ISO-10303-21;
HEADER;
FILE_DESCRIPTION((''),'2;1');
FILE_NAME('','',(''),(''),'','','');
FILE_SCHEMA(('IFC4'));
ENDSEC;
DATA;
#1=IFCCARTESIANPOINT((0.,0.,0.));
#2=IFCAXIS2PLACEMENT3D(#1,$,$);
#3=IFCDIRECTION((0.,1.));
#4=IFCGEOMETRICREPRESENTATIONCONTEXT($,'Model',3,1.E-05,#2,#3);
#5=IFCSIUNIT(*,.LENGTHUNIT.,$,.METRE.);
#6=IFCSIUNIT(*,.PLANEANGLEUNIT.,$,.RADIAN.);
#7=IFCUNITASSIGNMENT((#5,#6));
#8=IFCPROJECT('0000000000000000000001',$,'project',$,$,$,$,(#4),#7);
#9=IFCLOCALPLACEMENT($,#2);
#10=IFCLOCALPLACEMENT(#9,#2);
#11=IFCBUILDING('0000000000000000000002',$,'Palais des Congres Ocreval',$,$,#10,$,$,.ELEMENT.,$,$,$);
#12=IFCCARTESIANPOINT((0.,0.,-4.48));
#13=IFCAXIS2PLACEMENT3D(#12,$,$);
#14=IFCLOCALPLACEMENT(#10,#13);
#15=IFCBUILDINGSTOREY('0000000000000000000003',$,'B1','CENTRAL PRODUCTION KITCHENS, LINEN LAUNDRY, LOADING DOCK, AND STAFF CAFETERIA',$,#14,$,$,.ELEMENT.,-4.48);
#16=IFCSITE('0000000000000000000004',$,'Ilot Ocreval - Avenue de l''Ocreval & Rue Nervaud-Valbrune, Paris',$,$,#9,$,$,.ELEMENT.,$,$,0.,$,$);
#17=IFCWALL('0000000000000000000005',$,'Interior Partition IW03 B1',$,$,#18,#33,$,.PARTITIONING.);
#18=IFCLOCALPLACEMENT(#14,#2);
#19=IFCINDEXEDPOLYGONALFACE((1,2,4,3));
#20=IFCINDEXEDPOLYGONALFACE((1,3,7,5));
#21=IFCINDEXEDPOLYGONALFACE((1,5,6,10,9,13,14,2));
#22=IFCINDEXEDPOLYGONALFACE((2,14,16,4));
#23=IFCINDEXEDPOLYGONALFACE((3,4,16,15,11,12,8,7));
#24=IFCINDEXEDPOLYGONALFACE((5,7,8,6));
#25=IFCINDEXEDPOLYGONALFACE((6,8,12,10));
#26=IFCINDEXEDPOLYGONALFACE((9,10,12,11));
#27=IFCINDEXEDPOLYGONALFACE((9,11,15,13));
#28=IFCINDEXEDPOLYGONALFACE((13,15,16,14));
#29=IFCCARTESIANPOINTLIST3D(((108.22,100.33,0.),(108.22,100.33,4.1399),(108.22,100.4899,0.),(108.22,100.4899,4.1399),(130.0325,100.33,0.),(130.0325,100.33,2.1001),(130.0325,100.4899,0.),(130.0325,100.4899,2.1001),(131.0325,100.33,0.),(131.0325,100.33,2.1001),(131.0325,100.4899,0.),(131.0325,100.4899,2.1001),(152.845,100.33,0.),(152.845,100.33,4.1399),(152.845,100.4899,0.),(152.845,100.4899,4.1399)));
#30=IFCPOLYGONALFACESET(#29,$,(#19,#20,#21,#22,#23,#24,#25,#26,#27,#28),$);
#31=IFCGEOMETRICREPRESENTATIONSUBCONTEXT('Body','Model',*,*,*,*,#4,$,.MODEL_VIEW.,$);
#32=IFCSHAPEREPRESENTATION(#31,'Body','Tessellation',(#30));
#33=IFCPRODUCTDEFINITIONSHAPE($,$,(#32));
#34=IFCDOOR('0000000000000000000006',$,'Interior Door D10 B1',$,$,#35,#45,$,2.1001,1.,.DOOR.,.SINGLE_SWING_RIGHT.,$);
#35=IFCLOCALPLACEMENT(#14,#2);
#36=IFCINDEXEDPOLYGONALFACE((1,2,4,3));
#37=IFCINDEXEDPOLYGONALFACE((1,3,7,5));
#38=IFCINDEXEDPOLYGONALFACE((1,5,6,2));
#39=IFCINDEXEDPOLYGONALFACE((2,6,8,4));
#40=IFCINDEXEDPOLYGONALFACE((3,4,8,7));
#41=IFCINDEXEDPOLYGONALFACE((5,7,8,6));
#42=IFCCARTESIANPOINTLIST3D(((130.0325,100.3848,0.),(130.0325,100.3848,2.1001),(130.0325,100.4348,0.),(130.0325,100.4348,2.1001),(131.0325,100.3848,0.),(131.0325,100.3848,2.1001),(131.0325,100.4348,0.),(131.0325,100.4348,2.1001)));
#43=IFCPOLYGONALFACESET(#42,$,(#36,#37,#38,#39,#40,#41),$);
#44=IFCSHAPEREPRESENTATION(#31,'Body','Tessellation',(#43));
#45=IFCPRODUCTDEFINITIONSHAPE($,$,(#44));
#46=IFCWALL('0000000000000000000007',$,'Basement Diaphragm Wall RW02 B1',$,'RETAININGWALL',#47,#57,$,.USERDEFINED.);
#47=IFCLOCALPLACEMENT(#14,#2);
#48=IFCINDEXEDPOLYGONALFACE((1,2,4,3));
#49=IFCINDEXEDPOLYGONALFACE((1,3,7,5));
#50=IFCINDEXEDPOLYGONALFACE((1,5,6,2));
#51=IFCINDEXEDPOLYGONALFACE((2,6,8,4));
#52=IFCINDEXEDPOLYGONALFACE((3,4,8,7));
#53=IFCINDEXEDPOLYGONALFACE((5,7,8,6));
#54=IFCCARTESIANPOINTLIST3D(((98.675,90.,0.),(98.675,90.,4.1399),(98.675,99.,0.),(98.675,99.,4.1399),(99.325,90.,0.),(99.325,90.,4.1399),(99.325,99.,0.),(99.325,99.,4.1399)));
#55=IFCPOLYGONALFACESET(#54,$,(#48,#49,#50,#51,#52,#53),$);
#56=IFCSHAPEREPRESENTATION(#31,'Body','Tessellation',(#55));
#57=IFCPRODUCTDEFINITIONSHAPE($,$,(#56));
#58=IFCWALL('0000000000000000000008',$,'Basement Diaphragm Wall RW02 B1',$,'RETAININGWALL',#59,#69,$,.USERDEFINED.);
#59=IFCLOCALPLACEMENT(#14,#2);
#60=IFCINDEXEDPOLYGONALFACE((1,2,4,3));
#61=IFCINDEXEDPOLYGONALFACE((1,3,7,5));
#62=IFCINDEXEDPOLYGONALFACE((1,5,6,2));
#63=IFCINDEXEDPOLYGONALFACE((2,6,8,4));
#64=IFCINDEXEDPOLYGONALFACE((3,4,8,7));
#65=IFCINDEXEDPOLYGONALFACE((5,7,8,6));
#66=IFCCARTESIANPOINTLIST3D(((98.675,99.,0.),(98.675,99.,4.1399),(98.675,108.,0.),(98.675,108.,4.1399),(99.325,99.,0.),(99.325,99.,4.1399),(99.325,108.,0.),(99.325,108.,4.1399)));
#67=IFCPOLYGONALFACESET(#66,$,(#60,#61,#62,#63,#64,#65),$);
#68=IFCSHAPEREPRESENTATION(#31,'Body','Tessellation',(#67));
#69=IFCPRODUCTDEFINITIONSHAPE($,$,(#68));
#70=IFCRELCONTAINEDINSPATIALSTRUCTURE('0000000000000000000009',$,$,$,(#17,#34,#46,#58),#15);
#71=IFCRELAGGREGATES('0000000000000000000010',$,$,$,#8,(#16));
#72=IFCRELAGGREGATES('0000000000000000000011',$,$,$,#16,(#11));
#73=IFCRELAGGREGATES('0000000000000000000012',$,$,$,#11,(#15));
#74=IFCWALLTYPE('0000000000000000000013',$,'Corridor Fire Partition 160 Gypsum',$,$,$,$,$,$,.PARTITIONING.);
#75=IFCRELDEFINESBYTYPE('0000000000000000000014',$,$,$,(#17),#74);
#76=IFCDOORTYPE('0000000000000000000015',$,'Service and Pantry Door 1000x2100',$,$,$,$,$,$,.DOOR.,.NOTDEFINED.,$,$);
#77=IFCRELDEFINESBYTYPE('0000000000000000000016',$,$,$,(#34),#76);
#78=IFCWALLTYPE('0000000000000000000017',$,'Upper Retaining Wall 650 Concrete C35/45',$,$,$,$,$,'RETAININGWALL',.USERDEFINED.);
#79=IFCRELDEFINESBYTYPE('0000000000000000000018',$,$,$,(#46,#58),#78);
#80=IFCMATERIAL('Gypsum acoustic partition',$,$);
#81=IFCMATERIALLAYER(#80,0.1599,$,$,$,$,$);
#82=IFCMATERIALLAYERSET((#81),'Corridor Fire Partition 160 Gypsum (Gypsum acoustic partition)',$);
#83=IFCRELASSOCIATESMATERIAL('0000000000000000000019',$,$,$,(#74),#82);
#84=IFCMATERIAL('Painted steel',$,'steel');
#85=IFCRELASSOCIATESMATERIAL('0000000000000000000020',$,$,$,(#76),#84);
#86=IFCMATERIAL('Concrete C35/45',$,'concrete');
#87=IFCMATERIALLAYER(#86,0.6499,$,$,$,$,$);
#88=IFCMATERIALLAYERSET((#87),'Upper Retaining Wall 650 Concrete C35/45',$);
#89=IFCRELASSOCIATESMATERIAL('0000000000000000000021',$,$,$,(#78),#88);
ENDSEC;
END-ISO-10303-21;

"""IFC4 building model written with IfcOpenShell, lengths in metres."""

from ifc_helpers import new_model, si_unit, direction, frame, frame_2d, origin, place, context, subcontext, project, spatial, rectangle, extrude, material, layer, layer_set, type_object, element, fill, save


model = new_model("IFC4")

# Units and contexts
model_context = context("Model", 3, precision=1e-05, world=origin(), true_north=direction((0.0, 1.0)))
body_context = subcontext(model_context, "Body", "Model", "MODEL_VIEW")
ifc_project = project(units=[si_unit("LENGTHUNIT", "METRE"), si_unit("PLANEANGLEUNIT", "RADIAN")], contexts=[model_context])

# Site, building, storey
site_placement = place(None, origin())
site = spatial("IfcSite", under=ifc_project, at=site_placement, Name="Ilot Ocreval - Avenue de l'Ocreval & Rue Nervaud-Valbrune, Paris", CompositionType="ELEMENT", RefElevation=0.0)
building_placement = place(site_placement, origin())
building = spatial("IfcBuilding", under=site, at=building_placement, Name="Palais des Congres Ocreval", CompositionType="ELEMENT")
storey_placement = place(building_placement, frame((0.0, 0.0, -4.48)))
storey = spatial("IfcBuildingStorey", under=building, at=storey_placement, Name="B1", Description="CENTRAL PRODUCTION KITCHENS, LINEN LAUNDRY, LOADING DOCK, AND STAFF CAFETERIA", CompositionType="ELEMENT", Elevation=-4.48)

# Shared definitions
ifc_material_1 = material(Name="Concrete C35/45", Category="concrete")

# Wall, opening, door
ifc_material_2 = material(Name="Gypsum acoustic partition")
ifc_layer_1 = layer(ifc_material_2, 0.1599)
ifc_layer_set_1 = layer_set([ifc_layer_1], Name="Corridor Fire Partition 160 Gypsum (Gypsum acoustic partition)")
wall_type_1 = type_object("IfcWallType", Name="Corridor Fire Partition 160 Gypsum", PredefinedType="PARTITIONING", material=ifc_layer_set_1)
wall_1_placement = place(storey_placement, frame((108.22, 100.4099, 0.0), z_axis=(0.0, 0.0, 1.0), x_axis=(1.0, 0.0, 0.0)))
wall_1 = element("IfcWall", 1, at=wall_1_placement, inside=storey, type_object=wall_type_1, Name="Interior Partition IW03 B1", PredefinedType="PARTITIONING", context=body_context, shape_type="SweptSolid", body=[
    extrude(rectangle(XDim=44.625, YDim=0.1599, at=frame_2d((22.3125, 0.0))), origin(), (0.0, 0.0, 1.0), 4.1399),
])
opening_1_placement = place(wall_1_placement, frame((21.8125, 0.0, 0.0)))
opening_1 = element("IfcOpeningElement", 2, at=opening_1_placement, cuts=wall_1, PredefinedType="OPENING", context=body_context, shape_type="SweptSolid", body=[
    extrude(rectangle(XDim=1.0, YDim=2.1001, at=frame_2d((0.5, 1.05))), frame((0.0, 0.0898, 0.0), z_axis=(0.0, -1.0, 0.0), x_axis=(1.0, 0.0, 0.0)), (0.0, 0.0, 1.0), 0.1799),
])
ifc_material_3 = material(Name="Painted steel", Category="steel")
door_type_1 = type_object("IfcDoorType", Name="Service and Pantry Door 1000x2100", OperationType="NOTDEFINED", PredefinedType="DOOR", material=ifc_material_3)
door_1_placement = place(opening_1_placement, origin())
door_1 = element("IfcDoor", 3, at=door_1_placement, inside=storey, type_object=door_type_1, Name="Interior Door D10 B1", OperationType="SINGLE_SWING_RIGHT", OverallHeight=2.1001, OverallWidth=1.0, PredefinedType="DOOR", context=body_context, shape_type="SweptSolid", body=[
    extrude(rectangle(XDim=1.0, YDim=2.1001, at=frame_2d((0.5, 1.05))), frame((0.0, 0.0249, 0.0), z_axis=(0.0, -1.0, 0.0), x_axis=(1.0, 0.0, 0.0)), (0.0, 0.0, 1.0), 0.05),
])
fill(opening_1, door_1)

# Walls
ifc_layer_2 = layer(ifc_material_1, 0.6499)
ifc_layer_set_2 = layer_set([ifc_layer_2], Name="Upper Retaining Wall 650 Concrete C35/45")
wall_type_2 = type_object("IfcWallType", Name="Upper Retaining Wall 650 Concrete C35/45", ElementType="RETAININGWALL", PredefinedType="USERDEFINED", material=ifc_layer_set_2)
for number, where, z_axis, x_axis, name in (
    (4, (99.0, 90.0, 0.0), (0.0, 0.0, 1.0), (0.0, 1.0, 0.0), "Basement Diaphragm Wall RW02 B1"),
    (5, (99.0, 99.0, 0.0), (0.0, 0.0, 1.0), (0.0, 1.0, 0.0), "Basement Diaphragm Wall RW02 B1"),
):
    element("IfcWall", number, at=place(storey_placement, frame(where, z_axis=z_axis, x_axis=x_axis)), inside=storey, type_object=wall_type_2, Name=name, ObjectType="RETAININGWALL", PredefinedType="USERDEFINED", context=body_context, shape_type="SweptSolid", body=[
        extrude(rectangle(XDim=9.0, YDim=0.6499, at=frame_2d((4.5, 0.0))), origin(), (0.0, 0.0, 1.0), 4.1399),
    ])

save(model, "model.ifc")
